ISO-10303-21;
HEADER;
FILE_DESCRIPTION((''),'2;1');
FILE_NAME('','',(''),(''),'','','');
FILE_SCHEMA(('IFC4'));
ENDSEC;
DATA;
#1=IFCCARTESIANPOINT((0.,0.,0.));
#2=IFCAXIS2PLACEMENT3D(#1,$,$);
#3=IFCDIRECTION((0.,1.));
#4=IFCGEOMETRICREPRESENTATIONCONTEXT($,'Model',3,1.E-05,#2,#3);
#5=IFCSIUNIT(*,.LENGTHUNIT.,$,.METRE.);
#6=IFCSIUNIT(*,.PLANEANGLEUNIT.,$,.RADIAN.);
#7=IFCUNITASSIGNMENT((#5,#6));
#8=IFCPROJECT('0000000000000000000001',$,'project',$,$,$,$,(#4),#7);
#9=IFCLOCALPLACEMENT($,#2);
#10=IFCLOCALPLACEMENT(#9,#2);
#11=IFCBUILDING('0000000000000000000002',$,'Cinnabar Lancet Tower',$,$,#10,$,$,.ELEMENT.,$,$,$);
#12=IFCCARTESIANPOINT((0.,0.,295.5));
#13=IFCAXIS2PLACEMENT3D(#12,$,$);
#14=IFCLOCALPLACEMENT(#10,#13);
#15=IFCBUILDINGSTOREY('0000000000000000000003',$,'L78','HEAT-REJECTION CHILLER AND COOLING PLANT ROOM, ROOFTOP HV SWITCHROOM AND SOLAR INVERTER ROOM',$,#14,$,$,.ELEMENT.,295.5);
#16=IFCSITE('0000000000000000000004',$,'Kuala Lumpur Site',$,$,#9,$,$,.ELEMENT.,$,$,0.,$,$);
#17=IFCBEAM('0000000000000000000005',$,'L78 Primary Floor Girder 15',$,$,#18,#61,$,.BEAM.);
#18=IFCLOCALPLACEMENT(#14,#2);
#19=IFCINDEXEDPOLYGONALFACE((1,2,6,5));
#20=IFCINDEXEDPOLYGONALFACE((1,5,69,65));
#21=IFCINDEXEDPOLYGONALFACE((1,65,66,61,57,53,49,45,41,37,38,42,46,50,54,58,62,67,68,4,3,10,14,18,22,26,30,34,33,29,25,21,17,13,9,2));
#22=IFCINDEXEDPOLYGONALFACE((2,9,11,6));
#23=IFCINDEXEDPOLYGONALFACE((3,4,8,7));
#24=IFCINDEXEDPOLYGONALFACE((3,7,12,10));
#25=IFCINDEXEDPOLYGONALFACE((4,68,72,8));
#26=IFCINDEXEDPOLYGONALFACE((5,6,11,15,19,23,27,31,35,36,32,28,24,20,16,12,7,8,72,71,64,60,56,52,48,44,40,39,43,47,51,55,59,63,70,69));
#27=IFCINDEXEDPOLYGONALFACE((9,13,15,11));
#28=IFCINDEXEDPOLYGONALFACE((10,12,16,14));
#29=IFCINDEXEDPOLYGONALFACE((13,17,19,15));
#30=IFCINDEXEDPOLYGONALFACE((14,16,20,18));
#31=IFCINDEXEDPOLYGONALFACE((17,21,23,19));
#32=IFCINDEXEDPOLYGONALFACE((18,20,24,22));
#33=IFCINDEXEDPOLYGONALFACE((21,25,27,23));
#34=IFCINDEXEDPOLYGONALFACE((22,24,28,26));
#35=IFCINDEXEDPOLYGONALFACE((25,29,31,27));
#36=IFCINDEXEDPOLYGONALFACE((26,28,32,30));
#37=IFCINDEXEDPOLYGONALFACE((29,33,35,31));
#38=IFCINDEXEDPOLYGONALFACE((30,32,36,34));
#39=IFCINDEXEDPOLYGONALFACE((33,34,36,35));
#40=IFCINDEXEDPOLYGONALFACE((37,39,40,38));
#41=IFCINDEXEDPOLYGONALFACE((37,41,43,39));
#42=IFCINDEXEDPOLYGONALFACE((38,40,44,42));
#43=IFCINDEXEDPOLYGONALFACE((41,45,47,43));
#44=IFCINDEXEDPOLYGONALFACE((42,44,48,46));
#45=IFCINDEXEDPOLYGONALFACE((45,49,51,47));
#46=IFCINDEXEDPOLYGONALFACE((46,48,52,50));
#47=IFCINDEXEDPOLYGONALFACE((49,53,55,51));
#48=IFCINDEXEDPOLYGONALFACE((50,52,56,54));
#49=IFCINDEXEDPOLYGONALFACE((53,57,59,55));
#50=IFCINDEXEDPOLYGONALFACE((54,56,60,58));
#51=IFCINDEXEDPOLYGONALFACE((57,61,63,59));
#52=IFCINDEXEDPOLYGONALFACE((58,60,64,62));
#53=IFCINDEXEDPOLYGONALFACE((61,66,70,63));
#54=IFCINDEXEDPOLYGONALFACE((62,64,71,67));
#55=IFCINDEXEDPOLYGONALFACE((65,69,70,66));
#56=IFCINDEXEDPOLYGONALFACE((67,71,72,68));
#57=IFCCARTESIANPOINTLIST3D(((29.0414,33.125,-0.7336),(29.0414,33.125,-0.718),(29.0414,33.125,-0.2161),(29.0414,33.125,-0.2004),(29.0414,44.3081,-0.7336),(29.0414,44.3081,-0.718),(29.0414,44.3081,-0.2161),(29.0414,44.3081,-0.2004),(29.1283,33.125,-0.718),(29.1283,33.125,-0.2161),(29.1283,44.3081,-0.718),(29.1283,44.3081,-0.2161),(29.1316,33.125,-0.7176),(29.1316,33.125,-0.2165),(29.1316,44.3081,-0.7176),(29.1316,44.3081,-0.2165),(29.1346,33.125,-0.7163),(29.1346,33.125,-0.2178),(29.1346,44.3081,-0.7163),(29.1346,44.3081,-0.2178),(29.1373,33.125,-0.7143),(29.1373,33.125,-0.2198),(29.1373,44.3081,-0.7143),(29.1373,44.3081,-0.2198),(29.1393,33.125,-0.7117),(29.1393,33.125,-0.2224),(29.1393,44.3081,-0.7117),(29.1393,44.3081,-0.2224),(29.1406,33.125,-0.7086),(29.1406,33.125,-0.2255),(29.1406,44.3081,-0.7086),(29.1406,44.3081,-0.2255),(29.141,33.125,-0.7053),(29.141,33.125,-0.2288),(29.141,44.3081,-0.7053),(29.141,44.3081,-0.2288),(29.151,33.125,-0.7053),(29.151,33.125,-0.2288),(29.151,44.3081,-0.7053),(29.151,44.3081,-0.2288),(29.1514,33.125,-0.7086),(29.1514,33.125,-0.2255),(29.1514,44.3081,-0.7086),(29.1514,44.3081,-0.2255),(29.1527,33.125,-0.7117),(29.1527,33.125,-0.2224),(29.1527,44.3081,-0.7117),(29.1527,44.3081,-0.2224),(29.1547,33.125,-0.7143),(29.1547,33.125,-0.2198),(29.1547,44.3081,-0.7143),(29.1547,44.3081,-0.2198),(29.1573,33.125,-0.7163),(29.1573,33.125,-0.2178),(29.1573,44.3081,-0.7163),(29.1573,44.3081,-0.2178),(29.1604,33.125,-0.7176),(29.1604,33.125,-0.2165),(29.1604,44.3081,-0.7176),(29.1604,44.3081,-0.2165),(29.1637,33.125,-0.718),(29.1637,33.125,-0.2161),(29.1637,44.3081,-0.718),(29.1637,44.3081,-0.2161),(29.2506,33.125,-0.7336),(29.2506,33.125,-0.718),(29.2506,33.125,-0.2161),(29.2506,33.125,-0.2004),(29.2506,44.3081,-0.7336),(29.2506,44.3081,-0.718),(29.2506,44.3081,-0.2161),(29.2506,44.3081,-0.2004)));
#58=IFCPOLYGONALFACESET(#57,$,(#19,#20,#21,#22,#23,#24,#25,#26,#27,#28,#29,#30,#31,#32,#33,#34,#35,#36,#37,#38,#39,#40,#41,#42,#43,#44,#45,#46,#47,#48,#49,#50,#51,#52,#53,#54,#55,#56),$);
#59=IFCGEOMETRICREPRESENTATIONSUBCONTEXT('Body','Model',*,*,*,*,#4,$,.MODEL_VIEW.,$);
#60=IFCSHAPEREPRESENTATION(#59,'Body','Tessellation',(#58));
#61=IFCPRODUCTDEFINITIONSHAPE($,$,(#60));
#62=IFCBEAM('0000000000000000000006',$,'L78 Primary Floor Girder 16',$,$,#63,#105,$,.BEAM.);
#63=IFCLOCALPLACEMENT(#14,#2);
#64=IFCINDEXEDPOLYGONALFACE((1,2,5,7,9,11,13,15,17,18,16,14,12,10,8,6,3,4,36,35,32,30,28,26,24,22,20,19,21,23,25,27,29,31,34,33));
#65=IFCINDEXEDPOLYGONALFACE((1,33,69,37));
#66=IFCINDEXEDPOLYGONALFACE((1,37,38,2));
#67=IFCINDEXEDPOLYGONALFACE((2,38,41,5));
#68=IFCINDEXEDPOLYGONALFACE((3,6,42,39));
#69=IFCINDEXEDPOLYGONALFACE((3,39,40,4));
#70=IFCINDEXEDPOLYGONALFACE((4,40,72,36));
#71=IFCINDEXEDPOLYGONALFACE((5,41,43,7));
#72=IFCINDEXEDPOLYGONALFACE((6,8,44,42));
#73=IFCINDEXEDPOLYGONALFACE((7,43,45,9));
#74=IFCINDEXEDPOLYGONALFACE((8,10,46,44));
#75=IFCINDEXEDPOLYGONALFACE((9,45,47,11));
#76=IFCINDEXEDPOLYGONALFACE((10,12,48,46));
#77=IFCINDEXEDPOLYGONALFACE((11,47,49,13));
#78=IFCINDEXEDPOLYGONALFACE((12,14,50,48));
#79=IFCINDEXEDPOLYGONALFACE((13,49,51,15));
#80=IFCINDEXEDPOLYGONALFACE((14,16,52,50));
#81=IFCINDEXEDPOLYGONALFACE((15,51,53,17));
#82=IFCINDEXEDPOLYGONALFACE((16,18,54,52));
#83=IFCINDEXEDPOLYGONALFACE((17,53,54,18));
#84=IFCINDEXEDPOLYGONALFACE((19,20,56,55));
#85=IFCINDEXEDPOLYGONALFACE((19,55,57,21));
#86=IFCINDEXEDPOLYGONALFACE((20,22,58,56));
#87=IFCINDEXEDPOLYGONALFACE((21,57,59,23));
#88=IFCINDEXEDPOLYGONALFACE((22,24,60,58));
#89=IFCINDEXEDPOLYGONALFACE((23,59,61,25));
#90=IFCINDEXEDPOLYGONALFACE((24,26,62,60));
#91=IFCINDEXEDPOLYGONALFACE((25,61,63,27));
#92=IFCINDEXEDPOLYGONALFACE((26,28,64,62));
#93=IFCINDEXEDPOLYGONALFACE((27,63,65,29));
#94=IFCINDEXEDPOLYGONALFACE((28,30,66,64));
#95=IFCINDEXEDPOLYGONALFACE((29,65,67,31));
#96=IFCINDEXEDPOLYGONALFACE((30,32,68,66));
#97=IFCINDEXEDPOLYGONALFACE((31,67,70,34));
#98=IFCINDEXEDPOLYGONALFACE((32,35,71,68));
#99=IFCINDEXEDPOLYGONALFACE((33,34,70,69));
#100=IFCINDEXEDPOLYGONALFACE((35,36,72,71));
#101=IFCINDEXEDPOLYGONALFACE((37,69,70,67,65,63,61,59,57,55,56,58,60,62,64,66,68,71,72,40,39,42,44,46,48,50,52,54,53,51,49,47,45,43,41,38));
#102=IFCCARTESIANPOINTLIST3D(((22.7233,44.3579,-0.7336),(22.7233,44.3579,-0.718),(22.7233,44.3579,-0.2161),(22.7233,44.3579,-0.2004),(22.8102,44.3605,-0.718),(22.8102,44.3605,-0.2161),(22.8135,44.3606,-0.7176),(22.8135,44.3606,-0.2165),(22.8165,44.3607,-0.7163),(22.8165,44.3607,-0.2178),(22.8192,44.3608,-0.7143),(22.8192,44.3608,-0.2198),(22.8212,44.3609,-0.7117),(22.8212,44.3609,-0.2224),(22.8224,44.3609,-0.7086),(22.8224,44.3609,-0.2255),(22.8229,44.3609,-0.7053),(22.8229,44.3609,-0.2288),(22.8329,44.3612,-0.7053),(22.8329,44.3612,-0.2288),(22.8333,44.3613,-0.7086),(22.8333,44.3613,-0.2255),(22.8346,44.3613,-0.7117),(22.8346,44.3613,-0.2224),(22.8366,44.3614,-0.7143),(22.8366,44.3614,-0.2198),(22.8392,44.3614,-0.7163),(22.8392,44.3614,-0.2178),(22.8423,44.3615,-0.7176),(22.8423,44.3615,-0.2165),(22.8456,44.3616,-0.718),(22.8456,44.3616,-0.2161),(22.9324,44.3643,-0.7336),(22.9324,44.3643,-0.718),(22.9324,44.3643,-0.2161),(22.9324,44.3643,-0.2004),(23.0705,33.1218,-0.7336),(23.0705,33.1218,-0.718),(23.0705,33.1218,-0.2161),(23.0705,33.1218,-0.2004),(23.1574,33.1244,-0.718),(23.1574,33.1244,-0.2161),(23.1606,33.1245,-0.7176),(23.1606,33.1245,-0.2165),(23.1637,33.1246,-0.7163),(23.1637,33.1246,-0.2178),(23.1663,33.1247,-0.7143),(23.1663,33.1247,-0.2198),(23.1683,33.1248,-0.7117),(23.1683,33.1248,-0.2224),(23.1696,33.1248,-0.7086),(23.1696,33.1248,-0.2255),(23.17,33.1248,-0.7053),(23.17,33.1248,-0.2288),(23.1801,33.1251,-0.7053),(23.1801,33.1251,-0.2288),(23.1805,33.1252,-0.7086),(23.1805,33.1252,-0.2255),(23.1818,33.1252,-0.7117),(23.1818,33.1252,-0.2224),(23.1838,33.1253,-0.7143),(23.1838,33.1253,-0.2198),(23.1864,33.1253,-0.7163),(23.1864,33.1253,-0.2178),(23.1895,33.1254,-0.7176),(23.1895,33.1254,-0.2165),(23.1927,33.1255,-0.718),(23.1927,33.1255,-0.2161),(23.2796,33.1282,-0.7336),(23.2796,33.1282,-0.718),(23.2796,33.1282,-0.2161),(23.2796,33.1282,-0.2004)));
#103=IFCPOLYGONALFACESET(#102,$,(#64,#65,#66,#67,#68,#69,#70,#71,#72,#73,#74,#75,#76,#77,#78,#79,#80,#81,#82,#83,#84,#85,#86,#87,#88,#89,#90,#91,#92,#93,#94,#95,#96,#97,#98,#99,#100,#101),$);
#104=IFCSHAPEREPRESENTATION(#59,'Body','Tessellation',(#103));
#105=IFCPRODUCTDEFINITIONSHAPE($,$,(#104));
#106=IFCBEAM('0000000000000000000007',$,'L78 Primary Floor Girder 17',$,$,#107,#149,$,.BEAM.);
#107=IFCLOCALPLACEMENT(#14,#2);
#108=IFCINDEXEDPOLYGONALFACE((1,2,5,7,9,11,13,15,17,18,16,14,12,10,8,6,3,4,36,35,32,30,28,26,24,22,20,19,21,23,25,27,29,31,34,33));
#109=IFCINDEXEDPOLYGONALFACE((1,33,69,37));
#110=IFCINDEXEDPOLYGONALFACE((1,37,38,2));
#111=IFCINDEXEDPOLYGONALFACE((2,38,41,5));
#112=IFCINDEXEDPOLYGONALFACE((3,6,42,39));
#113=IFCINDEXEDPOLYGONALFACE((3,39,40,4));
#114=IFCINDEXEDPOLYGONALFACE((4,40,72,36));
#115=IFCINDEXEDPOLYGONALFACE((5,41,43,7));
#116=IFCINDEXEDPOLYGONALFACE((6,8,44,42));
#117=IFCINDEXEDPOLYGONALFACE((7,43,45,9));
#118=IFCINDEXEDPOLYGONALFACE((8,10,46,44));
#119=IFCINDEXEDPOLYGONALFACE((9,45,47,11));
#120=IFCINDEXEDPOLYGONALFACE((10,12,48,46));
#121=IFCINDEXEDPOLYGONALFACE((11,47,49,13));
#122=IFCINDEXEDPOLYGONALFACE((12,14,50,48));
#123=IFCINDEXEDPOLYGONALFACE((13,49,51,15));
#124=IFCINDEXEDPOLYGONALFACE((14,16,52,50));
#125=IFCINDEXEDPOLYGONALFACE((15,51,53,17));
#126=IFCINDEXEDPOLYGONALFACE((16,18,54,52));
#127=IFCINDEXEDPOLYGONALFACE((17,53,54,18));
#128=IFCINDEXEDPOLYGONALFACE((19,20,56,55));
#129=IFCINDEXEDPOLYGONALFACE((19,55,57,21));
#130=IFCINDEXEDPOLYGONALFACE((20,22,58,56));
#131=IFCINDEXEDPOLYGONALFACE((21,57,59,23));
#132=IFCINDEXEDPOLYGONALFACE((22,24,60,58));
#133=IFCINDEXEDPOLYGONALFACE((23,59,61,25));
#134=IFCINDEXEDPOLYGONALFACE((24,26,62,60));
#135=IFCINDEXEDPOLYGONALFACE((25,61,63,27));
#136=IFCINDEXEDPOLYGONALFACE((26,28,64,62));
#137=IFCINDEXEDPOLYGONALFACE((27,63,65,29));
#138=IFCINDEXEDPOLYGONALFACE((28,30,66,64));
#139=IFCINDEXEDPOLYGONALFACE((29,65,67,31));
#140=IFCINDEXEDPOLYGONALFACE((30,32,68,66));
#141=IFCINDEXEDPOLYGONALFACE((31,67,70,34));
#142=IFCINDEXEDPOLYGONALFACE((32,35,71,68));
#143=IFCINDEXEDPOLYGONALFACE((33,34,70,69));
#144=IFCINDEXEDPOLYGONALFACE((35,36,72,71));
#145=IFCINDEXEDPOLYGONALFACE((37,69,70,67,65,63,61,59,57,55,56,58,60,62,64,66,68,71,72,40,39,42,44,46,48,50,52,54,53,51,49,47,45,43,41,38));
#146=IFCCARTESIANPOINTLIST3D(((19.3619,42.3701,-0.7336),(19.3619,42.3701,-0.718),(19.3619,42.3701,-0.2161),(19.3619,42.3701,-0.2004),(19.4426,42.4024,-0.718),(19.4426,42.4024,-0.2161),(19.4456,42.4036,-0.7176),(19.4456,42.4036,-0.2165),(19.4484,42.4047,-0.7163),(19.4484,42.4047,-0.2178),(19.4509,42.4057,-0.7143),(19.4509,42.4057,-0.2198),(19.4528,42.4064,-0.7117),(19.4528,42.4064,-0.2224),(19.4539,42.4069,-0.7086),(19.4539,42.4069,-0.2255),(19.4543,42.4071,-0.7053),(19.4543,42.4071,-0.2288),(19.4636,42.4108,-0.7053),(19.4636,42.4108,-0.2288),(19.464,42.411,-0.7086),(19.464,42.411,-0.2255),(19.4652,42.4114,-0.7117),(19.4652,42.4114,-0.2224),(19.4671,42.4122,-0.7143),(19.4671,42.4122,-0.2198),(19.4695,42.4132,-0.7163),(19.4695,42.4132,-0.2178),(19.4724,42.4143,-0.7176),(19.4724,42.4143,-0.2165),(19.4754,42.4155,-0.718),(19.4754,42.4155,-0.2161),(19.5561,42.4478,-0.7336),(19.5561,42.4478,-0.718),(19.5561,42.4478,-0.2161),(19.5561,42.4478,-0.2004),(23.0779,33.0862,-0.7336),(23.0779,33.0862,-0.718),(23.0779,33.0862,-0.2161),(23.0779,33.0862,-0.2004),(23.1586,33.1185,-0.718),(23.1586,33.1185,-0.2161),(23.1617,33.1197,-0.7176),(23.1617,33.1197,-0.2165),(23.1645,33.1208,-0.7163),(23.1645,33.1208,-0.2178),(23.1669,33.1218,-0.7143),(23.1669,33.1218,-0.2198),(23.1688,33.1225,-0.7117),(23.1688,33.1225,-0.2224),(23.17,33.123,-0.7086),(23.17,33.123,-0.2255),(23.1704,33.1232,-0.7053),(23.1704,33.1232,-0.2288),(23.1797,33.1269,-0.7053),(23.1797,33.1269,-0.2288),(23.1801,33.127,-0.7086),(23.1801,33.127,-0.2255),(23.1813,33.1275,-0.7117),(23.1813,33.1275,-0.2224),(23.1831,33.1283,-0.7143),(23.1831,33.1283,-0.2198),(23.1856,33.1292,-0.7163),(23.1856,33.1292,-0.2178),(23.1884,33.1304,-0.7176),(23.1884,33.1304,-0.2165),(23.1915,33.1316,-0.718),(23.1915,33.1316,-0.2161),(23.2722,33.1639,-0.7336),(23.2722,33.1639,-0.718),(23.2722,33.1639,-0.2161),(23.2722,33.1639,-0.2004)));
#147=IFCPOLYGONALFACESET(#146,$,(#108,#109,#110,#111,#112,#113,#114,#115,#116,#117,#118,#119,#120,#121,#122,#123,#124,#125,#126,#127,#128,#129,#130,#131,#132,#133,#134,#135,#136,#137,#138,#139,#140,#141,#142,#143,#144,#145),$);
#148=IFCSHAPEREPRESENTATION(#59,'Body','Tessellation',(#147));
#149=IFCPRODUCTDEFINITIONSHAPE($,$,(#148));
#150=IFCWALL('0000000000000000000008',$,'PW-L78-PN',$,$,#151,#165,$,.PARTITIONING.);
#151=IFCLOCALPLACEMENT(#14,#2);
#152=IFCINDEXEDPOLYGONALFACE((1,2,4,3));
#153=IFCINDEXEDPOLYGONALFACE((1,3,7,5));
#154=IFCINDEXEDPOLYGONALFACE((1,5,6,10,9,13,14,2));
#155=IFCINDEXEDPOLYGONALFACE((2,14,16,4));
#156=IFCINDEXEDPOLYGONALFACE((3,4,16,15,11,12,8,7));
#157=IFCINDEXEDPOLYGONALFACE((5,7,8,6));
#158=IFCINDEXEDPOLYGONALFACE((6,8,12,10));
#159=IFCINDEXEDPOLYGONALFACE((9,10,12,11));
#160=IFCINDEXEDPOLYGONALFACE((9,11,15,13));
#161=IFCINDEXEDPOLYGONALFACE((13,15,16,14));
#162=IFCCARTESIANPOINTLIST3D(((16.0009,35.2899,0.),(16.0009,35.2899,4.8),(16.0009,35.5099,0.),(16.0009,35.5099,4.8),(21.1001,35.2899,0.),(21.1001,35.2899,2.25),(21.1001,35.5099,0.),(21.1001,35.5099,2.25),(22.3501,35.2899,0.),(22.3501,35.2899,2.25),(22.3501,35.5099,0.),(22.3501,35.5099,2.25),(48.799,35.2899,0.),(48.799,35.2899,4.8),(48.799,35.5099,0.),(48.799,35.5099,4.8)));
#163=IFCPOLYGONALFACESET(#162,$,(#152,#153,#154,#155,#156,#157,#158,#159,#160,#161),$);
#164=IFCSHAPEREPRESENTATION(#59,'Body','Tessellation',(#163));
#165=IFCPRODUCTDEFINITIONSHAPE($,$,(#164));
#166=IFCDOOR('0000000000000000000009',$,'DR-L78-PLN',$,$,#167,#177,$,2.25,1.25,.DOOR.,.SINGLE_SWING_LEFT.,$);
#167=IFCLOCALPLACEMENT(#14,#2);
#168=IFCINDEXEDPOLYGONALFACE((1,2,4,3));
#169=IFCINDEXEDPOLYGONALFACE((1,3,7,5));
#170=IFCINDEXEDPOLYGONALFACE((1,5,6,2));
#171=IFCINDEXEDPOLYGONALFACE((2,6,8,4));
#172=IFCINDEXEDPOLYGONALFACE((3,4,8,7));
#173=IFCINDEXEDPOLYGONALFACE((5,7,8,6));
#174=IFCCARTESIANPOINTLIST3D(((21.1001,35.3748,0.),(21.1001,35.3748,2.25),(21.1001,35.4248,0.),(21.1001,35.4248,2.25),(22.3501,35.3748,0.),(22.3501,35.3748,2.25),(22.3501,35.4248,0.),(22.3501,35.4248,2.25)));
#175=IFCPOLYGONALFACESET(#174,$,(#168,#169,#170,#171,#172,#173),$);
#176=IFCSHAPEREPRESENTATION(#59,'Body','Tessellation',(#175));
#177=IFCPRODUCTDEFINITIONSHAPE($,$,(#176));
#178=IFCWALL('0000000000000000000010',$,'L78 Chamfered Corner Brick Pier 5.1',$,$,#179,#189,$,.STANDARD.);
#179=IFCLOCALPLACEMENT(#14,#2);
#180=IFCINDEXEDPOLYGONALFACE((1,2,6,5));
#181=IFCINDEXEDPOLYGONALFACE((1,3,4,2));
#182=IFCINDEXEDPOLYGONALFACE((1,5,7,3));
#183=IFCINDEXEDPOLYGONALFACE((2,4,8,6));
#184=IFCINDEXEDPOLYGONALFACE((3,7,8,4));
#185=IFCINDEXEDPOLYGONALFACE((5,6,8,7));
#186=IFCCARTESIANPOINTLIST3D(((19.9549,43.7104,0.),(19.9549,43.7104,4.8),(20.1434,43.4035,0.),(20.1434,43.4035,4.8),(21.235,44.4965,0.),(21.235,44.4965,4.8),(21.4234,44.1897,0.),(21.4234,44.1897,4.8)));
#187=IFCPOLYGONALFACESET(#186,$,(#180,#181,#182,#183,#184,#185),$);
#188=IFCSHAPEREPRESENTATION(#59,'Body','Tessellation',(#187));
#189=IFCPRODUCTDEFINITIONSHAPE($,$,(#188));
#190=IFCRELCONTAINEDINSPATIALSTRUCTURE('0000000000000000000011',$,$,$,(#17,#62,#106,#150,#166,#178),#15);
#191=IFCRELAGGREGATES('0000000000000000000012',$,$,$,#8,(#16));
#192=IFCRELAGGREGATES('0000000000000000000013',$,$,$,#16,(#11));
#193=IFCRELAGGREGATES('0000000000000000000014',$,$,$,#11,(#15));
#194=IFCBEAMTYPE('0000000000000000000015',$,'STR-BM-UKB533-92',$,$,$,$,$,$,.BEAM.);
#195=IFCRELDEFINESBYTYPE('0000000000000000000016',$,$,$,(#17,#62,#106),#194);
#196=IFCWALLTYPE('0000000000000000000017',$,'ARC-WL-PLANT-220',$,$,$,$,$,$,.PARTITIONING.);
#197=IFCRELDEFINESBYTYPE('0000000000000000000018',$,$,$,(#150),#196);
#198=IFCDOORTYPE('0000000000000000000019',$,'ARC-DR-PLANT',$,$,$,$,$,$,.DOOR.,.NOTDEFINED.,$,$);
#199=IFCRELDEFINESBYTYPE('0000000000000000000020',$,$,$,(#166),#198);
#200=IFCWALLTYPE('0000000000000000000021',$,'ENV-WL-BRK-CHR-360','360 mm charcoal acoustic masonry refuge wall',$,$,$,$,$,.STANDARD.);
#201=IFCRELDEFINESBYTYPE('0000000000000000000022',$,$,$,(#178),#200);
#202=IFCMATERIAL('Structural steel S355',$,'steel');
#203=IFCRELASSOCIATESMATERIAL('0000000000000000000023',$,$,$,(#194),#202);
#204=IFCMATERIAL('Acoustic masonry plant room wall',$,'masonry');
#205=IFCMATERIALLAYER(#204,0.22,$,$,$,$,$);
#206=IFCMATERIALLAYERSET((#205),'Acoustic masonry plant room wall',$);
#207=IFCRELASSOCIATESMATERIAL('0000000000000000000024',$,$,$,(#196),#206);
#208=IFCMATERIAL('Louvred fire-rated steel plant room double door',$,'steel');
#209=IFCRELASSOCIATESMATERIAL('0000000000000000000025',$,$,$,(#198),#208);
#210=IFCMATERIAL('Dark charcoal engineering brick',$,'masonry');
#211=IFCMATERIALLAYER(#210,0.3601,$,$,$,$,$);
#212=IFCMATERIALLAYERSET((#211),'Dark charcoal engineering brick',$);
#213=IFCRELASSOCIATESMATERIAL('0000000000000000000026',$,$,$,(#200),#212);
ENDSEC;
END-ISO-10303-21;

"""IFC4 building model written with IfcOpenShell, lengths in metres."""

from ifc_helpers import new_model, si_unit, direction, frame, frame_2d, origin, origin_2d, place, context, subcontext, project, spatial, rectangle, i_section, extrude, material, layer, layer_set, material_profile, profile_set, type_object, element, fill, save


model = new_model("IFC4")

# Units and contexts
model_context = context("Model", 3, precision=1e-05, world=origin(), true_north=direction((0.0, 1.0)))
body_context = subcontext(model_context, "Body", "Model", "MODEL_VIEW")
ifc_project = project(units=[si_unit("LENGTHUNIT", "METRE"), si_unit("PLANEANGLEUNIT", "RADIAN")], contexts=[model_context])

# Site, building, storey
site_placement = place(None, origin())
site = spatial("IfcSite", under=ifc_project, at=site_placement, Name="Kuala Lumpur Site", CompositionType="ELEMENT", RefElevation=0.0)
building_placement = place(site_placement, origin())
building = spatial("IfcBuilding", under=site, at=building_placement, Name="Cinnabar Lancet Tower", CompositionType="ELEMENT")
storey_placement = place(building_placement, frame((0.0, 0.0, 295.5)))
storey = spatial("IfcBuildingStorey", under=building, at=storey_placement, Name="L78", Description="HEAT-REJECTION CHILLER AND COOLING PLANT ROOM, ROOFTOP HV SWITCHROOM AND SOLAR INVERTER ROOM", CompositionType="ELEMENT", Elevation=295.5)

# Beams
ifc_material_1 = material(Name="Structural steel S355", Category="steel")
ifc_material_profile_1 = material_profile(ifc_material_1, i_section(OverallWidth=0.2092, OverallDepth=0.5332, WebThickness=0.01, FlangeThickness=0.0156, FilletRadius=0.0127, at=origin_2d()), Name="UKB 533x210x92")
ifc_profile_set_1 = profile_set([ifc_material_profile_1], Name="Structural steel S355")
beam_type_1 = type_object("IfcBeamType", Name="STR-BM-UKB533-92", PredefinedType="BEAM", material=ifc_profile_set_1)
beam_1_placement = place(storey_placement, frame((29.146, 44.3081, -0.467), z_axis=(0.0, -1.0, 0.0), x_axis=(1.0, 0.0, 0.0)))
element("IfcBeam", 1, at=beam_1_placement, inside=storey, type_object=beam_type_1, Name="L78 Primary Floor Girder 15", PredefinedType="BEAM", context=body_context, shape_type="SweptSolid", body=[
    extrude(i_section(OverallWidth=0.2092, OverallDepth=0.5332, WebThickness=0.01, FlangeThickness=0.0156, FilletRadius=0.0127, at=origin_2d()), origin(), (0.0, 0.0, 1.0), 11.1831),
])
beam_2_placement = place(storey_placement, frame((22.8279, 44.3611, -0.467), z_axis=(0.030883, -0.999523, 0.0), x_axis=(0.999523, 0.030883, 0.0)))
element("IfcBeam", 2, at=beam_2_placement, inside=storey, type_object=beam_type_1, Name="L78 Primary Floor Girder 16", PredefinedType="BEAM", context=body_context, shape_type="SweptSolid", body=[
    extrude(i_section(OverallWidth=0.2092, OverallDepth=0.5332, WebThickness=0.01, FlangeThickness=0.0156, FilletRadius=0.0127, at=origin_2d()), origin(), (0.0, 0.0, 1.0), 11.2415),
])
beam_3_placement = place(storey_placement, frame((19.459, 42.4089, -0.467), z_axis=(0.371605, -0.928391, 0.0), x_axis=(0.928391, 0.371605, 0.0)))
element("IfcBeam", 3, at=beam_3_placement, inside=storey, type_object=beam_type_1, Name="L78 Primary Floor Girder 17", PredefinedType="BEAM", context=body_context, shape_type="SweptSolid", body=[
    extrude(i_section(OverallWidth=0.2092, OverallDepth=0.5332, WebThickness=0.01, FlangeThickness=0.0156, FilletRadius=0.0127, at=origin_2d()), origin(), (0.0, 0.0, 1.0), 10.0),
])

# Wall, opening, door
ifc_material_2 = material(Name="Acoustic masonry plant room wall", Category="masonry")
ifc_layer_1 = layer(ifc_material_2, 0.22)
ifc_layer_set_1 = layer_set([ifc_layer_1], Name="Acoustic masonry plant room wall")
wall_type_1 = type_object("IfcWallType", Name="ARC-WL-PLANT-220", PredefinedType="PARTITIONING", material=ifc_layer_set_1)
wall_1_placement = place(storey_placement, frame((16.001, 35.3999, 0.0), z_axis=(0.0, 0.0, 1.0), x_axis=(1.0, 0.0, 0.0)))
wall_1 = element("IfcWall", 4, at=wall_1_placement, inside=storey, type_object=wall_type_1, Name="PW-L78-PN", PredefinedType="PARTITIONING", context=body_context, shape_type="SweptSolid", body=[
    extrude(rectangle(XDim=32.7981, YDim=0.22, at=frame_2d((16.3989, 0.0))), origin(), (0.0, 0.0, 1.0), 4.8),
])
opening_placement = place(wall_1_placement, frame((5.0991, 0.0, 0.0)))
opening = element("IfcOpeningElement", 5, at=opening_placement, cuts=wall_1, PredefinedType="OPENING", context=body_context, shape_type="SweptSolid", body=[
    extrude(rectangle(XDim=1.25, YDim=2.25, at=frame_2d((0.625, 1.125))), frame((0.0, 0.1199, 0.0), z_axis=(0.0, -1.0, 0.0), x_axis=(1.0, 0.0, 0.0)), (0.0, 0.0, 1.0), 0.24),
])
ifc_material_3 = material(Name="Louvred fire-rated steel plant room double door", Category="steel")
door_type = type_object("IfcDoorType", Name="ARC-DR-PLANT", OperationType="NOTDEFINED", PredefinedType="DOOR", material=ifc_material_3)
door_placement = place(opening_placement, origin())
door = element("IfcDoor", 6, at=door_placement, inside=storey, type_object=door_type, Name="DR-L78-PLN", OperationType="SINGLE_SWING_LEFT", OverallHeight=2.25, OverallWidth=1.25, PredefinedType="DOOR", context=body_context, shape_type="SweptSolid", body=[
    extrude(rectangle(XDim=1.25, YDim=2.25, at=frame_2d((0.625, 1.125))), frame((0.0, 0.0249, 0.0), z_axis=(0.0, -1.0, 0.0), x_axis=(1.0, 0.0, 0.0)), (0.0, 0.0, 1.0), 0.05),
])
fill(opening, door)

# Wall
ifc_material_4 = material(Name="Dark charcoal engineering brick", Category="masonry")
ifc_layer_2 = layer(ifc_material_4, 0.3601)
ifc_layer_set_2 = layer_set([ifc_layer_2], Name="Dark charcoal engineering brick")
wall_type_2 = type_object("IfcWallType", Name="ENV-WL-BRK-CHR-360", Description="360 mm charcoal acoustic masonry refuge wall", PredefinedType="STANDARD", material=ifc_layer_set_2)
wall_2_placement = place(storey_placement, frame((21.3291, 44.343, 0.0), z_axis=(0.0, 0.0, 1.0), x_axis=(-0.852127, -0.523336, 0.0)))
element("IfcWall", 7, at=wall_2_placement, inside=storey, type_object=wall_type_2, Name="L78 Chamfered Corner Brick Pier 5.1", PredefinedType="STANDARD", context=body_context, shape_type="SweptSolid", body=[
    extrude(rectangle(XDim=1.5022, YDim=0.3601, at=frame_2d((0.751, 0.0))), origin(), (0.0, 0.0, 1.0), 4.8),
])

save(model, "model.ifc")
